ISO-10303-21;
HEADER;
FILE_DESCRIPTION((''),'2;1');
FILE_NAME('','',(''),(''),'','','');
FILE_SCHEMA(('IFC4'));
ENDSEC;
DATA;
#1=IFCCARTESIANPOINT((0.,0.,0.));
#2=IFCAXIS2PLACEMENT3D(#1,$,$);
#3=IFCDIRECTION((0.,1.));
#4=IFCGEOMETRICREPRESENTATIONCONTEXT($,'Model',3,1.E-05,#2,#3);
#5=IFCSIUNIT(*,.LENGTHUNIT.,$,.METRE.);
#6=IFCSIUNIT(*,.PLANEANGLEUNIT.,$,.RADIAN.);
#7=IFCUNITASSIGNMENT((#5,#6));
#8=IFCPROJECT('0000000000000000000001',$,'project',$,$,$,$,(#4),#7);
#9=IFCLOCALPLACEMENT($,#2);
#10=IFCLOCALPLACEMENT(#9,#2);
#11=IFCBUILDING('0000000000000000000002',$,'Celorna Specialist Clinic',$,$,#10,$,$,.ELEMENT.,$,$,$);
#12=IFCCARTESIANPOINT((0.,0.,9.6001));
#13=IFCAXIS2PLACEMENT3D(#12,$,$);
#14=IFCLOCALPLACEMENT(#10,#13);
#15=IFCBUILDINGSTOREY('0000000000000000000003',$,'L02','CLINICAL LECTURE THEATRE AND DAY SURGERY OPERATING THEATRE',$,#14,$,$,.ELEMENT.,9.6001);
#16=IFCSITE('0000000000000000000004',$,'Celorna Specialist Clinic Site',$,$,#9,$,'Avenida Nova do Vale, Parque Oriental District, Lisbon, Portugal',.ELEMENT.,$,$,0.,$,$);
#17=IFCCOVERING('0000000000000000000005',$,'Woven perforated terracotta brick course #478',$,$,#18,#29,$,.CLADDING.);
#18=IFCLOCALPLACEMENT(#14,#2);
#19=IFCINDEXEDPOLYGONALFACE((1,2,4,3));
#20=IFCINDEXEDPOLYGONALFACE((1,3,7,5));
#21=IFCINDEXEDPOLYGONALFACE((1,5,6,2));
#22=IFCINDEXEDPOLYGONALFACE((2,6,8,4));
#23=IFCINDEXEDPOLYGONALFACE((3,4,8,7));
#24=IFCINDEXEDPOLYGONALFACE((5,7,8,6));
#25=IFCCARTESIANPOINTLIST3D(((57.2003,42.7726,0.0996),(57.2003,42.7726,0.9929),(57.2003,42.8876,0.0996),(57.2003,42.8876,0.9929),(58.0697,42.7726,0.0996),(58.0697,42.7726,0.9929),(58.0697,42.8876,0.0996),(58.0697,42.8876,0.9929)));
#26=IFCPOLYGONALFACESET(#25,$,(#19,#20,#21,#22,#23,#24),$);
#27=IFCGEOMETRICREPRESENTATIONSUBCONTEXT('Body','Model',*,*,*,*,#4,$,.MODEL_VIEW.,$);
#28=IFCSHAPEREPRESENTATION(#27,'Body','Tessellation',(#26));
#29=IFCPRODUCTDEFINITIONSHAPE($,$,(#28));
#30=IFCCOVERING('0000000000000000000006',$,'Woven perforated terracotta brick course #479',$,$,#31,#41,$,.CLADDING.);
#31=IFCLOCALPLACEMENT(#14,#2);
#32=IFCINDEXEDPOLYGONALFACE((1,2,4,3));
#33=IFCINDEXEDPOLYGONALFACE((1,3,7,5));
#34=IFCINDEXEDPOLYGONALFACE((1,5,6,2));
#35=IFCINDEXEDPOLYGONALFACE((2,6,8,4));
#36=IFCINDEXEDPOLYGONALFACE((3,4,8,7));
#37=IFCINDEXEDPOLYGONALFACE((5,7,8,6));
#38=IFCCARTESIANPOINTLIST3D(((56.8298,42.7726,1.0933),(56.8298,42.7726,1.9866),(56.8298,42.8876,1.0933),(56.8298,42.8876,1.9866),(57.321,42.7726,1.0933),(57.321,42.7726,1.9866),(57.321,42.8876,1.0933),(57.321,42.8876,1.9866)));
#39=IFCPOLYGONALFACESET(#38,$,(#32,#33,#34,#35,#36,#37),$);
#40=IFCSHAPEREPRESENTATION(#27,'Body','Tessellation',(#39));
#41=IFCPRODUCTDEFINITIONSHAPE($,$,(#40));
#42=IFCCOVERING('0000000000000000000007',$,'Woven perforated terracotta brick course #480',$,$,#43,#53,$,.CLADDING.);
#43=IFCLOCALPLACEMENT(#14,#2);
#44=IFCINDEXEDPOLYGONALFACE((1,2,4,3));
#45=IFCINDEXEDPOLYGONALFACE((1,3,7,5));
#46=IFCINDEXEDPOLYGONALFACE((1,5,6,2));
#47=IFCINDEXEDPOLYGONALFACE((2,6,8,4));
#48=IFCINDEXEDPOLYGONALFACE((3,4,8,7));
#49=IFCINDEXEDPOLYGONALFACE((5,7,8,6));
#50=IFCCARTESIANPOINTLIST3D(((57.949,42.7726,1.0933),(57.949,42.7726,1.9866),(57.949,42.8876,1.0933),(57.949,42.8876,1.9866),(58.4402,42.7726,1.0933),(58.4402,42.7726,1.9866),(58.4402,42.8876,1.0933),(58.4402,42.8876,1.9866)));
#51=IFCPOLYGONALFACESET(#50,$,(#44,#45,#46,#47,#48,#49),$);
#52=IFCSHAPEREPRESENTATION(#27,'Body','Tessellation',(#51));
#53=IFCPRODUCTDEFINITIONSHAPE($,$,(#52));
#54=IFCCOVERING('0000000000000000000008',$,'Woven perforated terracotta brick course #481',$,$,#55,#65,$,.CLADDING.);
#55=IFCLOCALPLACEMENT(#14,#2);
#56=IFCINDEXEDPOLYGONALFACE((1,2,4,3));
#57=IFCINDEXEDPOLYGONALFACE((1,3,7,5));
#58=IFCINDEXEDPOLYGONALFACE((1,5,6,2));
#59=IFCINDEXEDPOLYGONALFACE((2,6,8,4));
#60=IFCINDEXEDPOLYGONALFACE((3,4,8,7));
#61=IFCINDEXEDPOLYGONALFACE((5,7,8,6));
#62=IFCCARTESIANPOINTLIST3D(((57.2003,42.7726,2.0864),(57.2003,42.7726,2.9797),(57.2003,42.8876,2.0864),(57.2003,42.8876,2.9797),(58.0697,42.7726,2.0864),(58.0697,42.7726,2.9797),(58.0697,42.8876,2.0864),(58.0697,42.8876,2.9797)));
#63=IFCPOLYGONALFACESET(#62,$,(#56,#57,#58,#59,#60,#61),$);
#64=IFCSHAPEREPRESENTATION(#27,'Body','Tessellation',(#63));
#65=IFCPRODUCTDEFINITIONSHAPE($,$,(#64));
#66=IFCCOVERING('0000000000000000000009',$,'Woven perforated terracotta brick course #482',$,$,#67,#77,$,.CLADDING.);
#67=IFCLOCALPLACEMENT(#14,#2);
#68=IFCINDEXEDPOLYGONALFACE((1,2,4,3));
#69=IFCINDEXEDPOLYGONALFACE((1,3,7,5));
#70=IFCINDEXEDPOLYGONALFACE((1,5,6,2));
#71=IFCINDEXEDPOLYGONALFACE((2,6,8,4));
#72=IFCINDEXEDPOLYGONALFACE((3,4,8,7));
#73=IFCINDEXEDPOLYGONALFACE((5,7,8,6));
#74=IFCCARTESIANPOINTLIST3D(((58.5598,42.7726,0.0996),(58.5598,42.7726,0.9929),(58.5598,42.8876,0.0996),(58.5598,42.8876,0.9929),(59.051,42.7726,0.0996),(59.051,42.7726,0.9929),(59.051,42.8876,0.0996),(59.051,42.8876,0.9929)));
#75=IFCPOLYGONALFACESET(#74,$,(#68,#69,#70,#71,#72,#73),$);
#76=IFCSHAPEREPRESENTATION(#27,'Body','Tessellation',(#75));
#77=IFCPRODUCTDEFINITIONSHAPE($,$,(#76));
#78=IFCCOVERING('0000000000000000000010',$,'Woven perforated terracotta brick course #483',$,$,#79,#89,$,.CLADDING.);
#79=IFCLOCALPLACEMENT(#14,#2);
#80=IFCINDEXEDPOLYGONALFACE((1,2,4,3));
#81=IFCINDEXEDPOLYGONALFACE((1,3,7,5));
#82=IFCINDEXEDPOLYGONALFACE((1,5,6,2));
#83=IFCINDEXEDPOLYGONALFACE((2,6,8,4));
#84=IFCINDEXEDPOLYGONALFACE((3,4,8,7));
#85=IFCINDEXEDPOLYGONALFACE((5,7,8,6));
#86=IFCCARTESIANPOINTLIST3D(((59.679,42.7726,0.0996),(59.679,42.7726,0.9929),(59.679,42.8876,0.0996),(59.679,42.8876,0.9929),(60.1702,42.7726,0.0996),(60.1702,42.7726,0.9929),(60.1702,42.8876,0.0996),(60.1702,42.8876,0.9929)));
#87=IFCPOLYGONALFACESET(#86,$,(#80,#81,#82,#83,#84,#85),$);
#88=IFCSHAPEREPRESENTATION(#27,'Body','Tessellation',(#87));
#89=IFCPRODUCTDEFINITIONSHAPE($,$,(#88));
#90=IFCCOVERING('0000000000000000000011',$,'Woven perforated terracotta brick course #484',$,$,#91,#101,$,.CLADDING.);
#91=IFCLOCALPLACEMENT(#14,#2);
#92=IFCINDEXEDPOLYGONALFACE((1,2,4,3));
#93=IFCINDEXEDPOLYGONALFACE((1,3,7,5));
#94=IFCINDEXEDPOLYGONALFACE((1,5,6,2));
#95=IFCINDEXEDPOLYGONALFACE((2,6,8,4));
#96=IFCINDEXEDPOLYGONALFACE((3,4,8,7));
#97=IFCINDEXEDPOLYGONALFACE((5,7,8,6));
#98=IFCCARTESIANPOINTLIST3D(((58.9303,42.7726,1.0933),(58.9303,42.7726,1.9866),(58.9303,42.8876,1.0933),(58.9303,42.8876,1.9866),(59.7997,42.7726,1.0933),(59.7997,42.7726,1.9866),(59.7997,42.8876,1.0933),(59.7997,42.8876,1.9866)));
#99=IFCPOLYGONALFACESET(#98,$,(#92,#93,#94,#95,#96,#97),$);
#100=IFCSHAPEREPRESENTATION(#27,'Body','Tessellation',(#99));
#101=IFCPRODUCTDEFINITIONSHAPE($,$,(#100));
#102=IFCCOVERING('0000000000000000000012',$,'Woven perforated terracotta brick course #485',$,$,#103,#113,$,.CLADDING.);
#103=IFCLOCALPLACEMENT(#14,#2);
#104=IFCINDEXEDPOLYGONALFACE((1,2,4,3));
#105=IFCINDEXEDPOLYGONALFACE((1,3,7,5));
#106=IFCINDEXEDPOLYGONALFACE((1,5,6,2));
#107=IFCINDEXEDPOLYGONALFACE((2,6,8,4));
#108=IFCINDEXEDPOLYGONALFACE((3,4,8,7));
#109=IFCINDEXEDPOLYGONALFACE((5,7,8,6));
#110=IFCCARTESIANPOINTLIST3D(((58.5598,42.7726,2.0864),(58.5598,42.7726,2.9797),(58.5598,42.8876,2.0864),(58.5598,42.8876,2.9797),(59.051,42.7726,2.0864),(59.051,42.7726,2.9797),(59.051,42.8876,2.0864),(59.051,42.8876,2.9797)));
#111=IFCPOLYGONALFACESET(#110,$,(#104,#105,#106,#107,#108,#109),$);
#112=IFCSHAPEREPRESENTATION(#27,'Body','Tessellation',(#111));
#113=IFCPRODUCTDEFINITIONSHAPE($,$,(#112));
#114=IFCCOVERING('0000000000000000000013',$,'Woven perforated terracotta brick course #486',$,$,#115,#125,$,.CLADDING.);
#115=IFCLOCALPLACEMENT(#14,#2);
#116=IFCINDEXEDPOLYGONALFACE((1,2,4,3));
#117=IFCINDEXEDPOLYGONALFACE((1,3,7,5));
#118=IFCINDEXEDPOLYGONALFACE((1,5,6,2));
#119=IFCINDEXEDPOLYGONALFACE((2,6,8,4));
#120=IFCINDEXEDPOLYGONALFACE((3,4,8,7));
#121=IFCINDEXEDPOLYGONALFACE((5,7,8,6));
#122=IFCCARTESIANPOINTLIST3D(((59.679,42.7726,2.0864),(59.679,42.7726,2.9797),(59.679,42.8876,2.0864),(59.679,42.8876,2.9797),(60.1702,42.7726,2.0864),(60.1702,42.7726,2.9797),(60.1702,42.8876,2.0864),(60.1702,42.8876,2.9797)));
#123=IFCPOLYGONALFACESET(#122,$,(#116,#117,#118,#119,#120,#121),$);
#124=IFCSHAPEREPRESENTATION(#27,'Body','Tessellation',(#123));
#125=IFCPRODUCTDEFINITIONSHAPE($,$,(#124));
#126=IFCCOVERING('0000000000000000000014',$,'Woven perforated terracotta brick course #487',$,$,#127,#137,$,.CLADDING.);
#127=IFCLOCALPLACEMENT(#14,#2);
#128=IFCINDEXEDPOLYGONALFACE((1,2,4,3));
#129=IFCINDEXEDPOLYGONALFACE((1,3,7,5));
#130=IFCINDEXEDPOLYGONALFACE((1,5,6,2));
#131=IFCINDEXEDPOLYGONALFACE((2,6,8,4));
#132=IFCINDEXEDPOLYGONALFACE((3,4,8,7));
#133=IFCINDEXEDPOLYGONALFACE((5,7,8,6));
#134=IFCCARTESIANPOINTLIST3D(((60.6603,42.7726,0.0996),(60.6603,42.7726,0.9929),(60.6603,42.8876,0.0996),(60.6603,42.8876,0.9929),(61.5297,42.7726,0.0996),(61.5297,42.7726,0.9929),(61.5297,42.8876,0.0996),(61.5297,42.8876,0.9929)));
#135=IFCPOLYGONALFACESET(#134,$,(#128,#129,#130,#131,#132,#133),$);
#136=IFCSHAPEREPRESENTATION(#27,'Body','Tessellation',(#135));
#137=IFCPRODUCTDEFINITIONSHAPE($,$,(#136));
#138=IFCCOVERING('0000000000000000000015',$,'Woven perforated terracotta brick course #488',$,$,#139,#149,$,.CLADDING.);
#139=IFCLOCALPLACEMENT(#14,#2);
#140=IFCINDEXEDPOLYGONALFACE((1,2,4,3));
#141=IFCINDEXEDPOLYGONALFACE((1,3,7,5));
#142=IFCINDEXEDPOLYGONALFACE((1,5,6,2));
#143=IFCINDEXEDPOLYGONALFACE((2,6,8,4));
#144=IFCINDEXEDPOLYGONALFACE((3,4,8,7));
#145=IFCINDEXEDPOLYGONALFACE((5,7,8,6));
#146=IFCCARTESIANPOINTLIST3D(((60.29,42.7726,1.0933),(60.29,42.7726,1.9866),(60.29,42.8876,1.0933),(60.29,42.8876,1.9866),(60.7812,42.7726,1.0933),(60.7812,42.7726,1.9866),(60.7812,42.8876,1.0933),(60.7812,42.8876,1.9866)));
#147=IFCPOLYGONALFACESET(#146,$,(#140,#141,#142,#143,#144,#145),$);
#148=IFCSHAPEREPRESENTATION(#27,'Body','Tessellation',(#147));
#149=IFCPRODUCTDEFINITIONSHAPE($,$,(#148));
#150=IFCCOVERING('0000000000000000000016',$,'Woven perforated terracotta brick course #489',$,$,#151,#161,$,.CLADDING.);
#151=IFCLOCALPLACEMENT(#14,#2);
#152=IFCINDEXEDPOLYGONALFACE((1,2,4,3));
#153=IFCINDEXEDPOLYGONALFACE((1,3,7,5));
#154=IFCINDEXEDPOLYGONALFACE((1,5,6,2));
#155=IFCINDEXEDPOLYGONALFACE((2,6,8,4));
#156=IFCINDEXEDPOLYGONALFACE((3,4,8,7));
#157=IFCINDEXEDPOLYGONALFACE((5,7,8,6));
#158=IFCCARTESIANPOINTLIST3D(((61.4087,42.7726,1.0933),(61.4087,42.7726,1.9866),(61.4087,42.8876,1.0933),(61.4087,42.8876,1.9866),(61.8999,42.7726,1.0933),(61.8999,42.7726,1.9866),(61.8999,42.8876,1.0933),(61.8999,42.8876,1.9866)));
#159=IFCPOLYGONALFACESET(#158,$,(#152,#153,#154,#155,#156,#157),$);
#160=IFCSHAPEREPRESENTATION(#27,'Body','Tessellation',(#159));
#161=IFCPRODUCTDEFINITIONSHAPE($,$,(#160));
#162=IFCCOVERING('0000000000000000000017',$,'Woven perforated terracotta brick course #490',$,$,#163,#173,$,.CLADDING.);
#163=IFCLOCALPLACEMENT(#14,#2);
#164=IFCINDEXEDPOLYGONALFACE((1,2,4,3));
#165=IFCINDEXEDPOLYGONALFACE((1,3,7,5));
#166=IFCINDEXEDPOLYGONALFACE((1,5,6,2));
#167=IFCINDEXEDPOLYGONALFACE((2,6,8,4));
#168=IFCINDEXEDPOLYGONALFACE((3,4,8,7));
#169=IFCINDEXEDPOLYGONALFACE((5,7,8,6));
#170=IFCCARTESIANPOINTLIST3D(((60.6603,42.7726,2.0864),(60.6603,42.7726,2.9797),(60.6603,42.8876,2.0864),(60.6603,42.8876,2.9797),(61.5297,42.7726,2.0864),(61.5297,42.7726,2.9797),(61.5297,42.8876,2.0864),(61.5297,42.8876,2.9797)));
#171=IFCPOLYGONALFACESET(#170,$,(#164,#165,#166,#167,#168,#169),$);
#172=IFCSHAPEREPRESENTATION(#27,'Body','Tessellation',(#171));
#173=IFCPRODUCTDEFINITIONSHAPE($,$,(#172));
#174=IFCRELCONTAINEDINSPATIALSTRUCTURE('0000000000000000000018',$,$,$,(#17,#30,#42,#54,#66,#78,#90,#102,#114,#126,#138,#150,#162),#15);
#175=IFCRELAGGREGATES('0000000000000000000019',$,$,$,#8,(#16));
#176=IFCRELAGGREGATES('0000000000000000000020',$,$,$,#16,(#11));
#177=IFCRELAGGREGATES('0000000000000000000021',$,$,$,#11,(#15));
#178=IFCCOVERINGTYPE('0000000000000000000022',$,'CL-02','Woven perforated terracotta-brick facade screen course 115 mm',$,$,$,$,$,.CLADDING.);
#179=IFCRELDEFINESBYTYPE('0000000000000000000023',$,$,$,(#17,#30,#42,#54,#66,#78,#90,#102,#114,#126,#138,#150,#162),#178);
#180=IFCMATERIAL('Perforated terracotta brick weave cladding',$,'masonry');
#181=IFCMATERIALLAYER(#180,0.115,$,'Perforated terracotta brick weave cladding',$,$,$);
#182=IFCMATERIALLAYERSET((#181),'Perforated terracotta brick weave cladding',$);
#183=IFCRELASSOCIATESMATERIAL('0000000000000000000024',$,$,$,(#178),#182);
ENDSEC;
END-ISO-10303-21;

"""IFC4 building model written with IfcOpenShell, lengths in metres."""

from ifc_helpers import new_model, si_unit, direction, frame, origin, origin_2d, place, context, subcontext, project, spatial, rectangle, extrude, material, layer, layer_set, type_object, element, save


model = new_model("IFC4")

# Units and contexts
model_context = context("Model", 3, precision=1e-05, world=origin(), true_north=direction((0.0, 1.0)))
body_context = subcontext(model_context, "Body", "Model", "MODEL_VIEW")
ifc_project = project(units=[si_unit("LENGTHUNIT", "METRE"), si_unit("PLANEANGLEUNIT", "RADIAN")], contexts=[model_context])

# Site, building, storey
site_placement = place(None, origin())
site = spatial("IfcSite", under=ifc_project, at=site_placement, Name="Celorna Specialist Clinic Site", LongName="Avenida Nova do Vale, Parque Oriental District, Lisbon, Portugal", CompositionType="ELEMENT", RefElevation=0.0)
building_placement = place(site_placement, origin())
building = spatial("IfcBuilding", under=site, at=building_placement, Name="Celorna Specialist Clinic", CompositionType="ELEMENT")
storey_placement = place(building_placement, frame((0.0, 0.0, 9.6001)))
storey = spatial("IfcBuildingStorey", under=building, at=storey_placement, Name="L02", Description="CLINICAL LECTURE THEATRE AND DAY SURGERY OPERATING THEATRE", CompositionType="ELEMENT", Elevation=9.6001)

# Coverings
ifc_material_1 = material(Name="Perforated terracotta brick weave cladding", Category="masonry")
ifc_layer_1 = layer(ifc_material_1, 0.115, Name="Perforated terracotta brick weave cladding")
ifc_layer_set_1 = layer_set([ifc_layer_1], Name="Perforated terracotta brick weave cladding")
covering_type = type_object("IfcCoveringType", Name="CL-02", Description="Woven perforated terracotta-brick facade screen course 115 mm", PredefinedType="CLADDING", material=ifc_layer_set_1)
covering_1_placement = place(storey_placement, frame((57.635, 42.8301, 0.0996), z_axis=(0.0, 0.0, 1.0), x_axis=(1.0, 0.0, 0.0)))
element("IfcCovering", 1, at=covering_1_placement, inside=storey, type_object=covering_type, Name="Woven perforated terracotta brick course #478", PredefinedType="CLADDING", context=body_context, shape_type="SweptSolid", body=[
    extrude(rectangle(XDim=0.8694, YDim=0.115, at=origin_2d()), origin(), (0.0, 0.0, 1.0), 0.8933),
])
for number, where, z_axis, x_axis, name in (
    (2, (57.0754, 42.8301, 1.0933), (0.0, 0.0, 1.0), (1.0, 0.0, 0.0), "Woven perforated terracotta brick course #479"),
    (3, (58.1946, 42.8301, 1.0933), (0.0, 0.0, 1.0), (1.0, 0.0, 0.0), "Woven perforated terracotta brick course #480"),
):
    element("IfcCovering", number, at=place(storey_placement, frame(where, z_axis=z_axis, x_axis=x_axis)), inside=storey, type_object=covering_type, Name=name, PredefinedType="CLADDING", context=body_context, shape_type="SweptSolid", body=[
        extrude(rectangle(XDim=0.4912, YDim=0.115, at=origin_2d()), origin(), (0.0, 0.0, 1.0), 0.8933),
    ])
covering_2_placement = place(storey_placement, frame((57.635, 42.8301, 2.0864), z_axis=(0.0, 0.0, 1.0), x_axis=(1.0, 0.0, 0.0)))
element("IfcCovering", 4, at=covering_2_placement, inside=storey, type_object=covering_type, Name="Woven perforated terracotta brick course #481", PredefinedType="CLADDING", context=body_context, shape_type="SweptSolid", body=[
    extrude(rectangle(XDim=0.8694, YDim=0.115, at=origin_2d()), origin(), (0.0, 0.0, 1.0), 0.8933),
])
for number, where, z_axis, x_axis, name in (
    (5, (58.8054, 42.8301, 0.0996), (0.0, 0.0, 1.0), (1.0, 0.0, 0.0), "Woven perforated terracotta brick course #482"),
    (6, (59.9246, 42.8301, 0.0996), (0.0, 0.0, 1.0), (1.0, 0.0, 0.0), "Woven perforated terracotta brick course #483"),
):
    element("IfcCovering", number, at=place(storey_placement, frame(where, z_axis=z_axis, x_axis=x_axis)), inside=storey, type_object=covering_type, Name=name, PredefinedType="CLADDING", context=body_context, shape_type="SweptSolid", body=[
        extrude(rectangle(XDim=0.4912, YDim=0.115, at=origin_2d()), origin(), (0.0, 0.0, 1.0), 0.8933),
    ])
covering_3_placement = place(storey_placement, frame((59.365, 42.8301, 1.0933), z_axis=(0.0, 0.0, 1.0), x_axis=(1.0, 0.0, 0.0)))
element("IfcCovering", 7, at=covering_3_placement, inside=storey, type_object=covering_type, Name="Woven perforated terracotta brick course #484", PredefinedType="CLADDING", context=body_context, shape_type="SweptSolid", body=[
    extrude(rectangle(XDim=0.8694, YDim=0.115, at=origin_2d()), origin(), (0.0, 0.0, 1.0), 0.8933),
])
for number, where, z_axis, x_axis, name in (
    (8, (58.8054, 42.8301, 2.0864), (0.0, 0.0, 1.0), (1.0, 0.0, 0.0), "Woven perforated terracotta brick course #485"),
    (9, (59.9246, 42.8301, 2.0864), (0.0, 0.0, 1.0), (1.0, 0.0, 0.0), "Woven perforated terracotta brick course #486"),
):
    element("IfcCovering", number, at=place(storey_placement, frame(where, z_axis=z_axis, x_axis=x_axis)), inside=storey, type_object=covering_type, Name=name, PredefinedType="CLADDING", context=body_context, shape_type="SweptSolid", body=[
        extrude(rectangle(XDim=0.4912, YDim=0.115, at=origin_2d()), origin(), (0.0, 0.0, 1.0), 0.8933),
    ])
covering_4_placement = place(storey_placement, frame((61.095, 42.8301, 0.0996), z_axis=(0.0, 0.0, 1.0), x_axis=(1.0, 0.0, 0.0)))
element("IfcCovering", 10, at=covering_4_placement, inside=storey, type_object=covering_type, Name="Woven perforated terracotta brick course #487", PredefinedType="CLADDING", context=body_context, shape_type="SweptSolid", body=[
    extrude(rectangle(XDim=0.8694, YDim=0.115, at=origin_2d()), origin(), (0.0, 0.0, 1.0), 0.8933),
])
for number, where, z_axis, x_axis, name in (
    (11, (60.5356, 42.8301, 1.0933), (0.0, 0.0, 1.0), (1.0, 0.0, 0.0), "Woven perforated terracotta brick course #488"),
    (12, (61.6543, 42.8301, 1.0933), (0.0, 0.0, 1.0), (1.0, 0.0, 0.0), "Woven perforated terracotta brick course #489"),
):
    element("IfcCovering", number, at=place(storey_placement, frame(where, z_axis=z_axis, x_axis=x_axis)), inside=storey, type_object=covering_type, Name=name, PredefinedType="CLADDING", context=body_context, shape_type="SweptSolid", body=[
        extrude(rectangle(XDim=0.4912, YDim=0.115, at=origin_2d()), origin(), (0.0, 0.0, 1.0), 0.8933),
    ])
covering_5_placement = place(storey_placement, frame((61.095, 42.8301, 2.0864), z_axis=(0.0, 0.0, 1.0), x_axis=(1.0, 0.0, 0.0)))
element("IfcCovering", 13, at=covering_5_placement, inside=storey, type_object=covering_type, Name="Woven perforated terracotta brick course #490", PredefinedType="CLADDING", context=body_context, shape_type="SweptSolid", body=[
    extrude(rectangle(XDim=0.8694, YDim=0.115, at=origin_2d()), origin(), (0.0, 0.0, 1.0), 0.8933),
])

save(model, "model.ifc")
